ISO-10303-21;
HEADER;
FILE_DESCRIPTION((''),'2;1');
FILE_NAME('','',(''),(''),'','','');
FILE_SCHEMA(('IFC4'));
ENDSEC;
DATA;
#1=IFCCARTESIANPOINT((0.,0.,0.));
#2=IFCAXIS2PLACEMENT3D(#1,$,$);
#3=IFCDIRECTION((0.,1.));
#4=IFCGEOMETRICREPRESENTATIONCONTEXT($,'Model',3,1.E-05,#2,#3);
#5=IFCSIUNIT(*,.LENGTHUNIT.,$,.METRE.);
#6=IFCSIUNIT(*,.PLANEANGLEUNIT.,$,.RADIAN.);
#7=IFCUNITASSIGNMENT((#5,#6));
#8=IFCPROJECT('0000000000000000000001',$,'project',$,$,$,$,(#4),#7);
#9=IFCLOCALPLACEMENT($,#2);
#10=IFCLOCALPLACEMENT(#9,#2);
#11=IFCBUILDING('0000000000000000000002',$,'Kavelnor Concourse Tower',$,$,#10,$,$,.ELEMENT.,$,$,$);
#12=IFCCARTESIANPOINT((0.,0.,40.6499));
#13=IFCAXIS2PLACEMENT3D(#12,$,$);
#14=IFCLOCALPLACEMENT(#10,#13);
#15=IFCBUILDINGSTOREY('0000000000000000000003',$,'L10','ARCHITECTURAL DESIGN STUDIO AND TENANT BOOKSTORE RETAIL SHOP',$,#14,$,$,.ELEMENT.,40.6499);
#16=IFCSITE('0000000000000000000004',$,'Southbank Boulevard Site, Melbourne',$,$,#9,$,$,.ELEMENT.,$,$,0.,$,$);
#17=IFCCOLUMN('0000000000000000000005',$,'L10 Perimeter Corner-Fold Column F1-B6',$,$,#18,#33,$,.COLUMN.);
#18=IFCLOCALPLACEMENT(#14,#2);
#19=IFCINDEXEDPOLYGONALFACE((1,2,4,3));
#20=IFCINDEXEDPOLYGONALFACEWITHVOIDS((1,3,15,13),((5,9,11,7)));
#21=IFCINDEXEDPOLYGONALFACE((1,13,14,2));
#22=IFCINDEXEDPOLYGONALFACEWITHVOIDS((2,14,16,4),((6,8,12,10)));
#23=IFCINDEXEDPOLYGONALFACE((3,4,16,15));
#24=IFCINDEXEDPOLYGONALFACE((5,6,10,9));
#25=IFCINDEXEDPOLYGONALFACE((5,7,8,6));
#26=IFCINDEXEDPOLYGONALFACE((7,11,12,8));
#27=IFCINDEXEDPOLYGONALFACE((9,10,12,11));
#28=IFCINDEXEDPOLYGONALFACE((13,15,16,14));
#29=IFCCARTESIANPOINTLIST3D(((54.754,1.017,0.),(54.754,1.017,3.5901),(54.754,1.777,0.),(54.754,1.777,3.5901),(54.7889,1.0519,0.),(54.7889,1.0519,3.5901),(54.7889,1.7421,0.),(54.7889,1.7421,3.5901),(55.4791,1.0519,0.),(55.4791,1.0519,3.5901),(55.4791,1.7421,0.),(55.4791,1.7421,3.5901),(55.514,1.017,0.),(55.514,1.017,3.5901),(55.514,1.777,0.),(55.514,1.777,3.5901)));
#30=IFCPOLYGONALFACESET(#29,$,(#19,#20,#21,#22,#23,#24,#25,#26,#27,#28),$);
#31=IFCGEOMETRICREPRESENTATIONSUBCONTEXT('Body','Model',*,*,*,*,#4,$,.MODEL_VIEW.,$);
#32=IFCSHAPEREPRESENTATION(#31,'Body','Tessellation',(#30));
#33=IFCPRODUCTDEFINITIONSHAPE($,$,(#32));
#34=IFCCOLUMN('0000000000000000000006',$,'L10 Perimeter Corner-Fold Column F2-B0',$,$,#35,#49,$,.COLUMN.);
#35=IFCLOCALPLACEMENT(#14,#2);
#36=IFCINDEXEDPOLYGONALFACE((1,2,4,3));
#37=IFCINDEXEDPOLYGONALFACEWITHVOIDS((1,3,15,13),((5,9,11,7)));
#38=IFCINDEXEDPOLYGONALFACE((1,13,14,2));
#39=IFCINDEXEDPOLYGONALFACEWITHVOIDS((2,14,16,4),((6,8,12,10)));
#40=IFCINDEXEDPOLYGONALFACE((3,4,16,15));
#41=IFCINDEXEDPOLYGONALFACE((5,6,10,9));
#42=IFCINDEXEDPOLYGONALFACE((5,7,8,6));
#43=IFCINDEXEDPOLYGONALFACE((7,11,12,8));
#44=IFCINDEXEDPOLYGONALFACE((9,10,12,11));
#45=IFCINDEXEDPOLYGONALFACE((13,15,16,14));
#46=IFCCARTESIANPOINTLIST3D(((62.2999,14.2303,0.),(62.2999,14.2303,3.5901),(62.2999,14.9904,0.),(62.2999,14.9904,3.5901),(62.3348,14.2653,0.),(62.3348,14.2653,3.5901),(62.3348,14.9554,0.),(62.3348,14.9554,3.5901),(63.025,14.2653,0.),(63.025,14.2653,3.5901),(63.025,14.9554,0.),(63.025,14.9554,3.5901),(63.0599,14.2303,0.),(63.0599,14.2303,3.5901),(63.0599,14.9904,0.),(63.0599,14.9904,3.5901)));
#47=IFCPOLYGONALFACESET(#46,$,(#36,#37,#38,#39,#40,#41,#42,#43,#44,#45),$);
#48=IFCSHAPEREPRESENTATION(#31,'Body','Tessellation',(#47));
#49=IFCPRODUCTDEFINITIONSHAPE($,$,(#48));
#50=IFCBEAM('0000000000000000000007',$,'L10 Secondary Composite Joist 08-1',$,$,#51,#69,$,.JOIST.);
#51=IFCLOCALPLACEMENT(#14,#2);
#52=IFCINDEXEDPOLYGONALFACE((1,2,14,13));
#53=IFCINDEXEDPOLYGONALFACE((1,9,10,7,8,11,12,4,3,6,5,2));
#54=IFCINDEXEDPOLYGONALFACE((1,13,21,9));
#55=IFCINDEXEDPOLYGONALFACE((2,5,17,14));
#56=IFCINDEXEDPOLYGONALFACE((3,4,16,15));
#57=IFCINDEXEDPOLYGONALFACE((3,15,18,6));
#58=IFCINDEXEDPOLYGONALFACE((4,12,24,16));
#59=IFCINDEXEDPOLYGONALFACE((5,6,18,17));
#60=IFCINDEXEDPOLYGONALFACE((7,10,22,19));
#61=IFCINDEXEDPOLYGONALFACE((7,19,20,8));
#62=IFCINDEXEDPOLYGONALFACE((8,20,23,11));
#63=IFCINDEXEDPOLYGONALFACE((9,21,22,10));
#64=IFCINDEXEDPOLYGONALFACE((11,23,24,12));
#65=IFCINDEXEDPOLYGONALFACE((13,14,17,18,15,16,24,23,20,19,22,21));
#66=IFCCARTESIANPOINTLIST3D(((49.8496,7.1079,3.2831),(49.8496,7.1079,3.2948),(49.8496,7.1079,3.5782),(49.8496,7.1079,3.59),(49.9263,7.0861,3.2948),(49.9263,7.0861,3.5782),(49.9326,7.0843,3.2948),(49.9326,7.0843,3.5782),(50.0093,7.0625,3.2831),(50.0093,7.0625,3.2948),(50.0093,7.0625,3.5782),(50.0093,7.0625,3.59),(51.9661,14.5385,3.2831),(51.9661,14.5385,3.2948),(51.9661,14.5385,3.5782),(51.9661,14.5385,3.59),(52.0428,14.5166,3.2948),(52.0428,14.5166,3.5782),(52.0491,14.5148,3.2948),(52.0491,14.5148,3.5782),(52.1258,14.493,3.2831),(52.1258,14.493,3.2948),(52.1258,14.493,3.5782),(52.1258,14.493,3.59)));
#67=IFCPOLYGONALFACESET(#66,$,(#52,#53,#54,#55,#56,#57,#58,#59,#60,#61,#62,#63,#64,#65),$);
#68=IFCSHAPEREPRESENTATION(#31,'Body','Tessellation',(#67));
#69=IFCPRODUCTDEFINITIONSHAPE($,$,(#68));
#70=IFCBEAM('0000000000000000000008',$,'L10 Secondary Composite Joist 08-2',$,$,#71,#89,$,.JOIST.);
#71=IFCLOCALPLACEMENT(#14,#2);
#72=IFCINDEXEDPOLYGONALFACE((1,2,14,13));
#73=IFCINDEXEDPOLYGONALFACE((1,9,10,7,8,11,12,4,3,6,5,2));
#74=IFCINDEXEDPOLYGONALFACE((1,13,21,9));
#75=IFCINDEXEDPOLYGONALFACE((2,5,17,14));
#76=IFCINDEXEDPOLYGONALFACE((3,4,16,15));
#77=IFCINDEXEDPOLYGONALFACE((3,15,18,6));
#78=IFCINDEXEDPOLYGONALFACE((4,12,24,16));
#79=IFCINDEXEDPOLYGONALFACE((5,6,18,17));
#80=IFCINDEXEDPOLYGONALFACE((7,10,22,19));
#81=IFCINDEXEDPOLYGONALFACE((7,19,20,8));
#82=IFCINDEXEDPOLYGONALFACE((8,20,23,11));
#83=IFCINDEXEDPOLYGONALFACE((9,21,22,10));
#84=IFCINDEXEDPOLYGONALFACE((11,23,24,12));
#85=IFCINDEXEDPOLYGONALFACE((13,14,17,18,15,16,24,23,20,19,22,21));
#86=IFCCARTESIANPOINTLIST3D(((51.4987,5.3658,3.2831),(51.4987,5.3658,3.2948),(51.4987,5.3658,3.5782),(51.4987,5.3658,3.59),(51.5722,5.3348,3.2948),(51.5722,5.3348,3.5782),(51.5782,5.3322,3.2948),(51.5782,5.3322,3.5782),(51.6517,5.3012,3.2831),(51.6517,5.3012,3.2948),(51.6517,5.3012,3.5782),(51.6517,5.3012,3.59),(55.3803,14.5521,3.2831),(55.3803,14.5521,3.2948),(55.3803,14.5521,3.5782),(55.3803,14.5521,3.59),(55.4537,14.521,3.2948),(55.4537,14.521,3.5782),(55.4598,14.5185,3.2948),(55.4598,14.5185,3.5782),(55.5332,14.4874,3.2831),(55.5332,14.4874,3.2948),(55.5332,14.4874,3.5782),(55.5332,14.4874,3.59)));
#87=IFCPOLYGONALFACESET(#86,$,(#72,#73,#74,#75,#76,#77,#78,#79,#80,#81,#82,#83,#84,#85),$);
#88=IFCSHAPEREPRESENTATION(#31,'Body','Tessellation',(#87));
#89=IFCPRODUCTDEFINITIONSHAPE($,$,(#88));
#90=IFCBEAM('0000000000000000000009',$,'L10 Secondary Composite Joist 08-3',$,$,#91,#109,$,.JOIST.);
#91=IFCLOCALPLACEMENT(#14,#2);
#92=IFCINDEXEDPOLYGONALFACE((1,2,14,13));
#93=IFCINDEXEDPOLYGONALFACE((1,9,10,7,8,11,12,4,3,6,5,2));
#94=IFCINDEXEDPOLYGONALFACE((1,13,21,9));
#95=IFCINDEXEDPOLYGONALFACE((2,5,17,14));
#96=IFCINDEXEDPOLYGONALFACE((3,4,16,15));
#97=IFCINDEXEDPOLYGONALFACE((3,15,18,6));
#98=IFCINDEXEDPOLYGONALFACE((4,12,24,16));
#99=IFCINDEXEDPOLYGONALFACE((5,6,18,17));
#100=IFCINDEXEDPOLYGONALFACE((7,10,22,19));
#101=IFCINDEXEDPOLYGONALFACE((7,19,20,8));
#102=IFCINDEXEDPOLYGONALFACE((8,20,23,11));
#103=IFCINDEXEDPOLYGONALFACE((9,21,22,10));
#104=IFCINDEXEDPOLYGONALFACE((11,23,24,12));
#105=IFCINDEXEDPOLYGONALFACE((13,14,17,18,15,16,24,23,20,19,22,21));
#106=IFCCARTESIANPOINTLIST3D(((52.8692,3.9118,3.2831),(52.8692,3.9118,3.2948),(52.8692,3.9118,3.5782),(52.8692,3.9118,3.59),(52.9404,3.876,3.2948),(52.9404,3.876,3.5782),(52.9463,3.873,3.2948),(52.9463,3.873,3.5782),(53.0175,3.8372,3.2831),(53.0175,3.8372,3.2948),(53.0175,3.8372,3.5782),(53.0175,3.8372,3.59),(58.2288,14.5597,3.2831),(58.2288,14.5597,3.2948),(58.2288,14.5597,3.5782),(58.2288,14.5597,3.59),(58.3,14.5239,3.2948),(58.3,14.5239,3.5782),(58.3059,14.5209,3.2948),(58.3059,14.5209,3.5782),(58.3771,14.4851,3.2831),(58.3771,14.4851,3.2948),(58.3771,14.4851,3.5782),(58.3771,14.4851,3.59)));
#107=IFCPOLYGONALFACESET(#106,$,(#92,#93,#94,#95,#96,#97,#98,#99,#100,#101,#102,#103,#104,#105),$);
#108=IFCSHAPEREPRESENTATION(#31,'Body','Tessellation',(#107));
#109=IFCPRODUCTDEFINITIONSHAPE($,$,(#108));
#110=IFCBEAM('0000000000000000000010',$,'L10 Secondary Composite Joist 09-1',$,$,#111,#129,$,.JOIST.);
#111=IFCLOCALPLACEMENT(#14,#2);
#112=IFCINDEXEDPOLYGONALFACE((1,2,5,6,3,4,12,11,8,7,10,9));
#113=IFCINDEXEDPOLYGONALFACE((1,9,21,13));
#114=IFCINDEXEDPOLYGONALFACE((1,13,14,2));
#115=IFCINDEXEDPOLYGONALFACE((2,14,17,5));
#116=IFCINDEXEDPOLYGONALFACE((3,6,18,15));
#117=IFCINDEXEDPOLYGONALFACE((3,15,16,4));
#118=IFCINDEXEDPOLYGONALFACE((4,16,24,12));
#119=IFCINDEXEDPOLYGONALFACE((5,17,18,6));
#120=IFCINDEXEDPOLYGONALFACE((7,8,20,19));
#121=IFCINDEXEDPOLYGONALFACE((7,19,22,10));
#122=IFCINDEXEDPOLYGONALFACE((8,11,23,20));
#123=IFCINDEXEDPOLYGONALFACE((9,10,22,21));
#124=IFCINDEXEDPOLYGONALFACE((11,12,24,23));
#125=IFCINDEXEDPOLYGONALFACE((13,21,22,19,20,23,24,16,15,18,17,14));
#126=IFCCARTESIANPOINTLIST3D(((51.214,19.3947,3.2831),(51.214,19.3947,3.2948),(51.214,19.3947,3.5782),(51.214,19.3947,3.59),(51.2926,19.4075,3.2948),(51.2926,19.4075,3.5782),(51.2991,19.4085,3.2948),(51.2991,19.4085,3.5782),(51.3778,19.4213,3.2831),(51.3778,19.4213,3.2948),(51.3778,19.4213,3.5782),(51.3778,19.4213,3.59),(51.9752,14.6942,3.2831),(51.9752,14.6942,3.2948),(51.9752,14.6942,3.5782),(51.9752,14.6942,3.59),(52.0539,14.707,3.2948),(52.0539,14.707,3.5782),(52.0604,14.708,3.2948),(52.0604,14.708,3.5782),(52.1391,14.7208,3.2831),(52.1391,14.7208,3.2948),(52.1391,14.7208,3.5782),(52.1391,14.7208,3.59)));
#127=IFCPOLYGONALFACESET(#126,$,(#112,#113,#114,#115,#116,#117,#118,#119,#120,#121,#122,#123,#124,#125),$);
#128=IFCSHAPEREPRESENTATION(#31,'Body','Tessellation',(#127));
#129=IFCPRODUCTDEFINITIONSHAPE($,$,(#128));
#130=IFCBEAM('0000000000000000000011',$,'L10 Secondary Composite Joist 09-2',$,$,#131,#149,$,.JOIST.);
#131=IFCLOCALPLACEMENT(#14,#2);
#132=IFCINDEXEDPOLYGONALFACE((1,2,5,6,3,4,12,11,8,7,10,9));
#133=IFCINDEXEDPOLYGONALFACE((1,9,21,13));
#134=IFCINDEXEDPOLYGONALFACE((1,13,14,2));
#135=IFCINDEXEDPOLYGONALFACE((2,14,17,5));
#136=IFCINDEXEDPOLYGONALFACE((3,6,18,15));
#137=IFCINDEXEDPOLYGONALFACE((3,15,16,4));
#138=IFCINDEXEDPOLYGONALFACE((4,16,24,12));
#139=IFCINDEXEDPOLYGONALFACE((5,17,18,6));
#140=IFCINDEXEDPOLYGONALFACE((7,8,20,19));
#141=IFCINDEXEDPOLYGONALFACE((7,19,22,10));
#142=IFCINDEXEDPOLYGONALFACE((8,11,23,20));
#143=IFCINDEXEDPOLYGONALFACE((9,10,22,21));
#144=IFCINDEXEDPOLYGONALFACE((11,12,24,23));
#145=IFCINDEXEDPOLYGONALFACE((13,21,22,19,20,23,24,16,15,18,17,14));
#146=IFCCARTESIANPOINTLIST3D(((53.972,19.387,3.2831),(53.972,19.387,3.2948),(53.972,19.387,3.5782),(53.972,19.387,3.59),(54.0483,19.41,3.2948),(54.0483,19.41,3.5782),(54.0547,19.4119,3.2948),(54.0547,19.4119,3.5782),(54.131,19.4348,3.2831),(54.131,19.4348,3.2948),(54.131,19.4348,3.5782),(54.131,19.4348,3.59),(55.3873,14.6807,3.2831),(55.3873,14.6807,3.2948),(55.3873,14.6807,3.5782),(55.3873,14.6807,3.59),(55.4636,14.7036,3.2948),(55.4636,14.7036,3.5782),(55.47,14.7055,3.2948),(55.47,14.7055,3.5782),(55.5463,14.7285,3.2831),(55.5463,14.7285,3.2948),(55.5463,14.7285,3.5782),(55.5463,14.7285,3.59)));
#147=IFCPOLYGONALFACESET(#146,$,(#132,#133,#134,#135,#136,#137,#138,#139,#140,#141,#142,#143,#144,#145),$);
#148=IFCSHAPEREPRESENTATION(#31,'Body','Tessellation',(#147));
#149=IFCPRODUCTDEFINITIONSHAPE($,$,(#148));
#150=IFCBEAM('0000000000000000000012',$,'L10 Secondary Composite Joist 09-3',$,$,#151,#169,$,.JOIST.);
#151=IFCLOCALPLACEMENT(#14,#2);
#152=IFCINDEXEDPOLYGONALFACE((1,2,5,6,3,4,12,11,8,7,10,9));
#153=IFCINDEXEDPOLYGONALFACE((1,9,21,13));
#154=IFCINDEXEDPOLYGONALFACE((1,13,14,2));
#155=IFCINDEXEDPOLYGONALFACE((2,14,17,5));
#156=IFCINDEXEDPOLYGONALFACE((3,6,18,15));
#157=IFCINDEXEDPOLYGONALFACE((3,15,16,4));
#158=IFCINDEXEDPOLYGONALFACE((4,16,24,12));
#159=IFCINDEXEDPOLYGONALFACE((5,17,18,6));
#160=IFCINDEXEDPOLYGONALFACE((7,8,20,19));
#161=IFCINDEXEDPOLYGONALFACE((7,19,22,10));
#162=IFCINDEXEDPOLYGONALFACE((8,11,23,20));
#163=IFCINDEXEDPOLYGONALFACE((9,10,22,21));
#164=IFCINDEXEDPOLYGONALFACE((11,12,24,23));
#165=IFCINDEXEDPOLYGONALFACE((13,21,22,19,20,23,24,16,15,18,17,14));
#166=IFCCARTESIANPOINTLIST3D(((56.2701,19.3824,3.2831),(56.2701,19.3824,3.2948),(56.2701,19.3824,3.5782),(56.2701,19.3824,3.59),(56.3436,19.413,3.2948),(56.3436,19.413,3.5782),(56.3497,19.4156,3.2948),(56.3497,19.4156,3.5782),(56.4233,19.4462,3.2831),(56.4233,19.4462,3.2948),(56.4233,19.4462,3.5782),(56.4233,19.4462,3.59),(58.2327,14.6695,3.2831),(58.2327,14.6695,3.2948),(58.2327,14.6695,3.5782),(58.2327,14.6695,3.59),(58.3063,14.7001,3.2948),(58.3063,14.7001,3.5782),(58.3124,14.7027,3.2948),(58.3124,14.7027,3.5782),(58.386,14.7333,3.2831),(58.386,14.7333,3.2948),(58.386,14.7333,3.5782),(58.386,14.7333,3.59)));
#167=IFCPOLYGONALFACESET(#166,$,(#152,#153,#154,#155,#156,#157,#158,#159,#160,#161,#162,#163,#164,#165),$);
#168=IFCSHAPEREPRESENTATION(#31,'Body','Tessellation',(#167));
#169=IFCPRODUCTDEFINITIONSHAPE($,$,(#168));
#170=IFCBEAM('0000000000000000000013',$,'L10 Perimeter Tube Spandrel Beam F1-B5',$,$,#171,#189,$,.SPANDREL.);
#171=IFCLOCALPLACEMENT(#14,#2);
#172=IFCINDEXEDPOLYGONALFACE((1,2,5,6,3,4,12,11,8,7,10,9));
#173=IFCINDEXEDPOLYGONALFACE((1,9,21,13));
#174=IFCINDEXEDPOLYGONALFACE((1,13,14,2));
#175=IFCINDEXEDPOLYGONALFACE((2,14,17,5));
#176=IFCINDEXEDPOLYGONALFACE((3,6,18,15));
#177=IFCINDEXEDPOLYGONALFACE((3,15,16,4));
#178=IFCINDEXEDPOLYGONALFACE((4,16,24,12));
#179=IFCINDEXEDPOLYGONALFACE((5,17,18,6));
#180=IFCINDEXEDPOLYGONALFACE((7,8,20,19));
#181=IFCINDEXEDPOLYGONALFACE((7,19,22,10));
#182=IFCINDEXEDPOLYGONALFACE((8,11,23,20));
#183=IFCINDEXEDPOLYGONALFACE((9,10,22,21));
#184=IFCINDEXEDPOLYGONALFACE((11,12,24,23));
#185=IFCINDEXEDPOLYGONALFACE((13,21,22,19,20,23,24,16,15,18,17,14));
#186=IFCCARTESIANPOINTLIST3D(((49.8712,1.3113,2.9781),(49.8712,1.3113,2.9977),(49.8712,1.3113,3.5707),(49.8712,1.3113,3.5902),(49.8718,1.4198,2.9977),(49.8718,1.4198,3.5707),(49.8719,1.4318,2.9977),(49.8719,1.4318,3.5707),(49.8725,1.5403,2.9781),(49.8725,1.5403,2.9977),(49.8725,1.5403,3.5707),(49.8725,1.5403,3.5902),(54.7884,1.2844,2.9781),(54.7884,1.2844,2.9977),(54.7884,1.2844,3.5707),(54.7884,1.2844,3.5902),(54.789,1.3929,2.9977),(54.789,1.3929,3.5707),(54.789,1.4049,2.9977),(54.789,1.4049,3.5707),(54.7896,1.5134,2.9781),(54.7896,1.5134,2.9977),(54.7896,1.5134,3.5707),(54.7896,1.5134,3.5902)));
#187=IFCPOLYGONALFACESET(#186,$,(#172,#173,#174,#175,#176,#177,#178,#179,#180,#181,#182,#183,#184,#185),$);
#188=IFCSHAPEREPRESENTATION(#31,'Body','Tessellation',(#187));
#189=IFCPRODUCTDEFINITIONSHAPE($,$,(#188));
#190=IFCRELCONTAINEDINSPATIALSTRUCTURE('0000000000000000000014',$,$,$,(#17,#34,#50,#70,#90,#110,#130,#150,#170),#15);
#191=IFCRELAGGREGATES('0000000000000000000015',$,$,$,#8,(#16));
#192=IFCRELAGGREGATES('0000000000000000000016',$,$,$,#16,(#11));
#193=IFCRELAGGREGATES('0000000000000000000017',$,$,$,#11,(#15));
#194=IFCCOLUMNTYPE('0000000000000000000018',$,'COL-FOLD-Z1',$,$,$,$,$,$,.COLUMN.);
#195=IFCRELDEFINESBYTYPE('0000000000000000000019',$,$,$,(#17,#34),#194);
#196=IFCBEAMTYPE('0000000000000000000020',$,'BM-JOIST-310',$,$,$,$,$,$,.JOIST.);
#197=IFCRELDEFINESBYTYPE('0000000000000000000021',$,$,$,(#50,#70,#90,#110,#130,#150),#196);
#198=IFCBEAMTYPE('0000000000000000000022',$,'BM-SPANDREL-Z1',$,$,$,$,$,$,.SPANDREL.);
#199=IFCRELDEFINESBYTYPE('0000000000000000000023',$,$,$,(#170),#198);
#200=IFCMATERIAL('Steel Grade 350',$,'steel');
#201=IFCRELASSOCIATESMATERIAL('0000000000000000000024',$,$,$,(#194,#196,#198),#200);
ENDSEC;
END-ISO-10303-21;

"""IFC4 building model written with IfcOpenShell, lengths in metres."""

from ifc_helpers import new_model, si_unit, direction, frame, origin, origin_2d, place, context, subcontext, project, spatial, hollow_rectangle, i_section, extrude, material, material_profile, profile_set, type_object, element, save


model = new_model("IFC4")

# Units and contexts
model_context = context("Model", 3, precision=1e-05, world=origin(), true_north=direction((0.0, 1.0)))
body_context = subcontext(model_context, "Body", "Model", "MODEL_VIEW")
ifc_project = project(units=[si_unit("LENGTHUNIT", "METRE"), si_unit("PLANEANGLEUNIT", "RADIAN")], contexts=[model_context])

# Site, building, storey
site_placement = place(None, origin())
site = spatial("IfcSite", under=ifc_project, at=site_placement, Name="Southbank Boulevard Site, Melbourne", CompositionType="ELEMENT", RefElevation=0.0)
building_placement = place(site_placement, origin())
building = spatial("IfcBuilding", under=site, at=building_placement, Name="Kavelnor Concourse Tower", CompositionType="ELEMENT")
storey_placement = place(building_placement, frame((0.0, 0.0, 40.6499)))
storey = spatial("IfcBuildingStorey", under=building, at=storey_placement, Name="L10", Description="ARCHITECTURAL DESIGN STUDIO AND TENANT BOOKSTORE RETAIL SHOP", CompositionType="ELEMENT", Elevation=40.6499)

# Columns
ifc_material_1 = material(Name="Steel Grade 350", Category="steel")
ifc_material_profile_1 = material_profile(ifc_material_1, hollow_rectangle(XDim=0.76, YDim=0.76, WallThickness=0.0349, at=origin_2d()), Name="SHS 760x760x35")
ifc_profile_set_1 = profile_set([ifc_material_profile_1], Name="Steel Grade 350")
column_type = type_object("IfcColumnType", Name="COL-FOLD-Z1", PredefinedType="COLUMN", material=ifc_profile_set_1)
for number, where, z_axis, x_axis, name in (
    (1, (55.134, 1.397, 0.0), (0.0, 0.0, 1.0), (1.0, 0.0, 0.0), "L10 Perimeter Corner-Fold Column F1-B6"),
    (2, (62.6799, 14.6104, 0.0), (0.0, 0.0, 1.0), (1.0, 0.0, 0.0), "L10 Perimeter Corner-Fold Column F2-B0"),
):
    element("IfcColumn", number, at=place(storey_placement, frame(where, z_axis=z_axis, x_axis=x_axis)), inside=storey, type_object=column_type, Name=name, PredefinedType="COLUMN", context=body_context, shape_type="SweptSolid", body=[
        extrude(hollow_rectangle(XDim=0.76, YDim=0.76, WallThickness=0.0349, at=origin_2d()), origin(), (0.0, 0.0, 1.0), 3.5901),
    ])

# Beams
ifc_material_profile_2 = material_profile(ifc_material_1, i_section(OverallWidth=0.166, OverallDepth=0.3069, WebThickness=0.0066, FlangeThickness=0.0117, at=origin_2d()), Name="310UB46")
ifc_profile_set_2 = profile_set([ifc_material_profile_2], Name="Steel Grade 350")
beam_type_1 = type_object("IfcBeamType", Name="BM-JOIST-310", PredefinedType="JOIST", material=ifc_profile_set_2)
beam_1_placement = place(storey_placement, frame((49.9294, 7.0852, 3.4365), z_axis=(0.273941, 0.961747, 0.0), x_axis=(-0.961747, 0.273941, 0.0)))
element("IfcBeam", 3, at=beam_1_placement, inside=storey, type_object=beam_type_1, Name="L10 Secondary Composite Joist 08-1", PredefinedType="JOIST", context=body_context, shape_type="SweptSolid", body=[
    extrude(i_section(OverallWidth=0.166, OverallDepth=0.3069, WebThickness=0.0066, FlangeThickness=0.0117, at=origin_2d()), origin(), (0.0, 0.0, 1.0), 7.7261),
])
beam_2_placement = place(storey_placement, frame((51.5752, 5.3335, 3.4365), z_axis=(0.389222, 0.921144, 0.0), x_axis=(-0.921144, 0.389222, 0.0)))
element("IfcBeam", 4, at=beam_2_placement, inside=storey, type_object=beam_type_1, Name="L10 Secondary Composite Joist 08-2", PredefinedType="JOIST", context=body_context, shape_type="SweptSolid", body=[
    extrude(i_section(OverallWidth=0.166, OverallDepth=0.3069, WebThickness=0.0066, FlangeThickness=0.0117, at=origin_2d()), origin(), (0.0, 0.0, 1.0), 9.9727),
])
beam_3_placement = place(storey_placement, frame((52.9434, 3.8745, 3.4365), z_axis=(0.449604, 0.893228, 0.0), x_axis=(-0.893228, 0.449604, 0.0)))
element("IfcBeam", 5, at=beam_3_placement, inside=storey, type_object=beam_type_1, Name="L10 Secondary Composite Joist 08-3", PredefinedType="JOIST", context=body_context, shape_type="SweptSolid", body=[
    extrude(i_section(OverallWidth=0.166, OverallDepth=0.3069, WebThickness=0.0066, FlangeThickness=0.0117, at=origin_2d()), origin(), (0.0, 0.0, 1.0), 11.9207),
])
beam_4_placement = place(storey_placement, frame((52.0571, 14.7075, 3.4365), z_axis=(-0.159866, 0.987139, 0.0), x_axis=(-0.987139, -0.159866, 0.0)))
element("IfcBeam", 6, at=beam_4_placement, inside=storey, type_object=beam_type_1, Name="L10 Secondary Composite Joist 09-1", PredefinedType="JOIST", context=body_context, shape_type="SweptSolid", body=[
    extrude(i_section(OverallWidth=0.166, OverallDepth=0.3069, WebThickness=0.0066, FlangeThickness=0.0117, at=origin_2d()), origin(), (0.0, 0.0, 1.0), 4.7617),
])
beam_5_placement = place(storey_placement, frame((55.4668, 14.7046, 3.4365), z_axis=(-0.287981, 0.957636, 0.0), x_axis=(-0.957636, -0.287981, 0.0)))
element("IfcBeam", 7, at=beam_5_placement, inside=storey, type_object=beam_type_1, Name="L10 Secondary Composite Joist 09-2", PredefinedType="JOIST", context=body_context, shape_type="SweptSolid", body=[
    extrude(i_section(OverallWidth=0.166, OverallDepth=0.3069, WebThickness=0.0066, FlangeThickness=0.0117, at=origin_2d()), origin(), (0.0, 0.0, 1.0), 4.9146),
])
beam_6_placement = place(storey_placement, frame((58.3093, 14.7014, 3.4365), z_axis=(-0.384439, 0.92315, 0.0), x_axis=(-0.92315, -0.384439, 0.0)))
element("IfcBeam", 8, at=beam_6_placement, inside=storey, type_object=beam_type_1, Name="L10 Secondary Composite Joist 09-3", PredefinedType="JOIST", context=body_context, shape_type="SweptSolid", body=[
    extrude(i_section(OverallWidth=0.166, OverallDepth=0.3069, WebThickness=0.0066, FlangeThickness=0.0117, at=origin_2d()), origin(), (0.0, 0.0, 1.0), 5.1052),
])
ifc_material_profile_3 = material_profile(ifc_material_1, i_section(OverallWidth=0.229, OverallDepth=0.6121, WebThickness=0.012, FlangeThickness=0.0195, at=origin_2d()), Name="610UB125")
ifc_profile_set_3 = profile_set([ifc_material_profile_3], Name="Steel Grade 350")
beam_type_2 = type_object("IfcBeamType", Name="BM-SPANDREL-Z1", PredefinedType="SPANDREL", material=ifc_profile_set_3)
beam_7_placement = place(storey_placement, frame((49.8718, 1.4258, 3.2842), z_axis=(0.999985, -0.005461, 0.0), x_axis=(0.005461, 0.999985, 0.0)))
element("IfcBeam", 9, at=beam_7_placement, inside=storey, type_object=beam_type_2, Name="L10 Perimeter Tube Spandrel Beam F1-B5", PredefinedType="SPANDREL", context=body_context, shape_type="SweptSolid", body=[
    extrude(i_section(OverallWidth=0.229, OverallDepth=0.6121, WebThickness=0.012, FlangeThickness=0.0195, at=origin_2d()), origin(), (0.0, 0.0, 1.0), 4.9172),
])

save(model, "model.ifc")
